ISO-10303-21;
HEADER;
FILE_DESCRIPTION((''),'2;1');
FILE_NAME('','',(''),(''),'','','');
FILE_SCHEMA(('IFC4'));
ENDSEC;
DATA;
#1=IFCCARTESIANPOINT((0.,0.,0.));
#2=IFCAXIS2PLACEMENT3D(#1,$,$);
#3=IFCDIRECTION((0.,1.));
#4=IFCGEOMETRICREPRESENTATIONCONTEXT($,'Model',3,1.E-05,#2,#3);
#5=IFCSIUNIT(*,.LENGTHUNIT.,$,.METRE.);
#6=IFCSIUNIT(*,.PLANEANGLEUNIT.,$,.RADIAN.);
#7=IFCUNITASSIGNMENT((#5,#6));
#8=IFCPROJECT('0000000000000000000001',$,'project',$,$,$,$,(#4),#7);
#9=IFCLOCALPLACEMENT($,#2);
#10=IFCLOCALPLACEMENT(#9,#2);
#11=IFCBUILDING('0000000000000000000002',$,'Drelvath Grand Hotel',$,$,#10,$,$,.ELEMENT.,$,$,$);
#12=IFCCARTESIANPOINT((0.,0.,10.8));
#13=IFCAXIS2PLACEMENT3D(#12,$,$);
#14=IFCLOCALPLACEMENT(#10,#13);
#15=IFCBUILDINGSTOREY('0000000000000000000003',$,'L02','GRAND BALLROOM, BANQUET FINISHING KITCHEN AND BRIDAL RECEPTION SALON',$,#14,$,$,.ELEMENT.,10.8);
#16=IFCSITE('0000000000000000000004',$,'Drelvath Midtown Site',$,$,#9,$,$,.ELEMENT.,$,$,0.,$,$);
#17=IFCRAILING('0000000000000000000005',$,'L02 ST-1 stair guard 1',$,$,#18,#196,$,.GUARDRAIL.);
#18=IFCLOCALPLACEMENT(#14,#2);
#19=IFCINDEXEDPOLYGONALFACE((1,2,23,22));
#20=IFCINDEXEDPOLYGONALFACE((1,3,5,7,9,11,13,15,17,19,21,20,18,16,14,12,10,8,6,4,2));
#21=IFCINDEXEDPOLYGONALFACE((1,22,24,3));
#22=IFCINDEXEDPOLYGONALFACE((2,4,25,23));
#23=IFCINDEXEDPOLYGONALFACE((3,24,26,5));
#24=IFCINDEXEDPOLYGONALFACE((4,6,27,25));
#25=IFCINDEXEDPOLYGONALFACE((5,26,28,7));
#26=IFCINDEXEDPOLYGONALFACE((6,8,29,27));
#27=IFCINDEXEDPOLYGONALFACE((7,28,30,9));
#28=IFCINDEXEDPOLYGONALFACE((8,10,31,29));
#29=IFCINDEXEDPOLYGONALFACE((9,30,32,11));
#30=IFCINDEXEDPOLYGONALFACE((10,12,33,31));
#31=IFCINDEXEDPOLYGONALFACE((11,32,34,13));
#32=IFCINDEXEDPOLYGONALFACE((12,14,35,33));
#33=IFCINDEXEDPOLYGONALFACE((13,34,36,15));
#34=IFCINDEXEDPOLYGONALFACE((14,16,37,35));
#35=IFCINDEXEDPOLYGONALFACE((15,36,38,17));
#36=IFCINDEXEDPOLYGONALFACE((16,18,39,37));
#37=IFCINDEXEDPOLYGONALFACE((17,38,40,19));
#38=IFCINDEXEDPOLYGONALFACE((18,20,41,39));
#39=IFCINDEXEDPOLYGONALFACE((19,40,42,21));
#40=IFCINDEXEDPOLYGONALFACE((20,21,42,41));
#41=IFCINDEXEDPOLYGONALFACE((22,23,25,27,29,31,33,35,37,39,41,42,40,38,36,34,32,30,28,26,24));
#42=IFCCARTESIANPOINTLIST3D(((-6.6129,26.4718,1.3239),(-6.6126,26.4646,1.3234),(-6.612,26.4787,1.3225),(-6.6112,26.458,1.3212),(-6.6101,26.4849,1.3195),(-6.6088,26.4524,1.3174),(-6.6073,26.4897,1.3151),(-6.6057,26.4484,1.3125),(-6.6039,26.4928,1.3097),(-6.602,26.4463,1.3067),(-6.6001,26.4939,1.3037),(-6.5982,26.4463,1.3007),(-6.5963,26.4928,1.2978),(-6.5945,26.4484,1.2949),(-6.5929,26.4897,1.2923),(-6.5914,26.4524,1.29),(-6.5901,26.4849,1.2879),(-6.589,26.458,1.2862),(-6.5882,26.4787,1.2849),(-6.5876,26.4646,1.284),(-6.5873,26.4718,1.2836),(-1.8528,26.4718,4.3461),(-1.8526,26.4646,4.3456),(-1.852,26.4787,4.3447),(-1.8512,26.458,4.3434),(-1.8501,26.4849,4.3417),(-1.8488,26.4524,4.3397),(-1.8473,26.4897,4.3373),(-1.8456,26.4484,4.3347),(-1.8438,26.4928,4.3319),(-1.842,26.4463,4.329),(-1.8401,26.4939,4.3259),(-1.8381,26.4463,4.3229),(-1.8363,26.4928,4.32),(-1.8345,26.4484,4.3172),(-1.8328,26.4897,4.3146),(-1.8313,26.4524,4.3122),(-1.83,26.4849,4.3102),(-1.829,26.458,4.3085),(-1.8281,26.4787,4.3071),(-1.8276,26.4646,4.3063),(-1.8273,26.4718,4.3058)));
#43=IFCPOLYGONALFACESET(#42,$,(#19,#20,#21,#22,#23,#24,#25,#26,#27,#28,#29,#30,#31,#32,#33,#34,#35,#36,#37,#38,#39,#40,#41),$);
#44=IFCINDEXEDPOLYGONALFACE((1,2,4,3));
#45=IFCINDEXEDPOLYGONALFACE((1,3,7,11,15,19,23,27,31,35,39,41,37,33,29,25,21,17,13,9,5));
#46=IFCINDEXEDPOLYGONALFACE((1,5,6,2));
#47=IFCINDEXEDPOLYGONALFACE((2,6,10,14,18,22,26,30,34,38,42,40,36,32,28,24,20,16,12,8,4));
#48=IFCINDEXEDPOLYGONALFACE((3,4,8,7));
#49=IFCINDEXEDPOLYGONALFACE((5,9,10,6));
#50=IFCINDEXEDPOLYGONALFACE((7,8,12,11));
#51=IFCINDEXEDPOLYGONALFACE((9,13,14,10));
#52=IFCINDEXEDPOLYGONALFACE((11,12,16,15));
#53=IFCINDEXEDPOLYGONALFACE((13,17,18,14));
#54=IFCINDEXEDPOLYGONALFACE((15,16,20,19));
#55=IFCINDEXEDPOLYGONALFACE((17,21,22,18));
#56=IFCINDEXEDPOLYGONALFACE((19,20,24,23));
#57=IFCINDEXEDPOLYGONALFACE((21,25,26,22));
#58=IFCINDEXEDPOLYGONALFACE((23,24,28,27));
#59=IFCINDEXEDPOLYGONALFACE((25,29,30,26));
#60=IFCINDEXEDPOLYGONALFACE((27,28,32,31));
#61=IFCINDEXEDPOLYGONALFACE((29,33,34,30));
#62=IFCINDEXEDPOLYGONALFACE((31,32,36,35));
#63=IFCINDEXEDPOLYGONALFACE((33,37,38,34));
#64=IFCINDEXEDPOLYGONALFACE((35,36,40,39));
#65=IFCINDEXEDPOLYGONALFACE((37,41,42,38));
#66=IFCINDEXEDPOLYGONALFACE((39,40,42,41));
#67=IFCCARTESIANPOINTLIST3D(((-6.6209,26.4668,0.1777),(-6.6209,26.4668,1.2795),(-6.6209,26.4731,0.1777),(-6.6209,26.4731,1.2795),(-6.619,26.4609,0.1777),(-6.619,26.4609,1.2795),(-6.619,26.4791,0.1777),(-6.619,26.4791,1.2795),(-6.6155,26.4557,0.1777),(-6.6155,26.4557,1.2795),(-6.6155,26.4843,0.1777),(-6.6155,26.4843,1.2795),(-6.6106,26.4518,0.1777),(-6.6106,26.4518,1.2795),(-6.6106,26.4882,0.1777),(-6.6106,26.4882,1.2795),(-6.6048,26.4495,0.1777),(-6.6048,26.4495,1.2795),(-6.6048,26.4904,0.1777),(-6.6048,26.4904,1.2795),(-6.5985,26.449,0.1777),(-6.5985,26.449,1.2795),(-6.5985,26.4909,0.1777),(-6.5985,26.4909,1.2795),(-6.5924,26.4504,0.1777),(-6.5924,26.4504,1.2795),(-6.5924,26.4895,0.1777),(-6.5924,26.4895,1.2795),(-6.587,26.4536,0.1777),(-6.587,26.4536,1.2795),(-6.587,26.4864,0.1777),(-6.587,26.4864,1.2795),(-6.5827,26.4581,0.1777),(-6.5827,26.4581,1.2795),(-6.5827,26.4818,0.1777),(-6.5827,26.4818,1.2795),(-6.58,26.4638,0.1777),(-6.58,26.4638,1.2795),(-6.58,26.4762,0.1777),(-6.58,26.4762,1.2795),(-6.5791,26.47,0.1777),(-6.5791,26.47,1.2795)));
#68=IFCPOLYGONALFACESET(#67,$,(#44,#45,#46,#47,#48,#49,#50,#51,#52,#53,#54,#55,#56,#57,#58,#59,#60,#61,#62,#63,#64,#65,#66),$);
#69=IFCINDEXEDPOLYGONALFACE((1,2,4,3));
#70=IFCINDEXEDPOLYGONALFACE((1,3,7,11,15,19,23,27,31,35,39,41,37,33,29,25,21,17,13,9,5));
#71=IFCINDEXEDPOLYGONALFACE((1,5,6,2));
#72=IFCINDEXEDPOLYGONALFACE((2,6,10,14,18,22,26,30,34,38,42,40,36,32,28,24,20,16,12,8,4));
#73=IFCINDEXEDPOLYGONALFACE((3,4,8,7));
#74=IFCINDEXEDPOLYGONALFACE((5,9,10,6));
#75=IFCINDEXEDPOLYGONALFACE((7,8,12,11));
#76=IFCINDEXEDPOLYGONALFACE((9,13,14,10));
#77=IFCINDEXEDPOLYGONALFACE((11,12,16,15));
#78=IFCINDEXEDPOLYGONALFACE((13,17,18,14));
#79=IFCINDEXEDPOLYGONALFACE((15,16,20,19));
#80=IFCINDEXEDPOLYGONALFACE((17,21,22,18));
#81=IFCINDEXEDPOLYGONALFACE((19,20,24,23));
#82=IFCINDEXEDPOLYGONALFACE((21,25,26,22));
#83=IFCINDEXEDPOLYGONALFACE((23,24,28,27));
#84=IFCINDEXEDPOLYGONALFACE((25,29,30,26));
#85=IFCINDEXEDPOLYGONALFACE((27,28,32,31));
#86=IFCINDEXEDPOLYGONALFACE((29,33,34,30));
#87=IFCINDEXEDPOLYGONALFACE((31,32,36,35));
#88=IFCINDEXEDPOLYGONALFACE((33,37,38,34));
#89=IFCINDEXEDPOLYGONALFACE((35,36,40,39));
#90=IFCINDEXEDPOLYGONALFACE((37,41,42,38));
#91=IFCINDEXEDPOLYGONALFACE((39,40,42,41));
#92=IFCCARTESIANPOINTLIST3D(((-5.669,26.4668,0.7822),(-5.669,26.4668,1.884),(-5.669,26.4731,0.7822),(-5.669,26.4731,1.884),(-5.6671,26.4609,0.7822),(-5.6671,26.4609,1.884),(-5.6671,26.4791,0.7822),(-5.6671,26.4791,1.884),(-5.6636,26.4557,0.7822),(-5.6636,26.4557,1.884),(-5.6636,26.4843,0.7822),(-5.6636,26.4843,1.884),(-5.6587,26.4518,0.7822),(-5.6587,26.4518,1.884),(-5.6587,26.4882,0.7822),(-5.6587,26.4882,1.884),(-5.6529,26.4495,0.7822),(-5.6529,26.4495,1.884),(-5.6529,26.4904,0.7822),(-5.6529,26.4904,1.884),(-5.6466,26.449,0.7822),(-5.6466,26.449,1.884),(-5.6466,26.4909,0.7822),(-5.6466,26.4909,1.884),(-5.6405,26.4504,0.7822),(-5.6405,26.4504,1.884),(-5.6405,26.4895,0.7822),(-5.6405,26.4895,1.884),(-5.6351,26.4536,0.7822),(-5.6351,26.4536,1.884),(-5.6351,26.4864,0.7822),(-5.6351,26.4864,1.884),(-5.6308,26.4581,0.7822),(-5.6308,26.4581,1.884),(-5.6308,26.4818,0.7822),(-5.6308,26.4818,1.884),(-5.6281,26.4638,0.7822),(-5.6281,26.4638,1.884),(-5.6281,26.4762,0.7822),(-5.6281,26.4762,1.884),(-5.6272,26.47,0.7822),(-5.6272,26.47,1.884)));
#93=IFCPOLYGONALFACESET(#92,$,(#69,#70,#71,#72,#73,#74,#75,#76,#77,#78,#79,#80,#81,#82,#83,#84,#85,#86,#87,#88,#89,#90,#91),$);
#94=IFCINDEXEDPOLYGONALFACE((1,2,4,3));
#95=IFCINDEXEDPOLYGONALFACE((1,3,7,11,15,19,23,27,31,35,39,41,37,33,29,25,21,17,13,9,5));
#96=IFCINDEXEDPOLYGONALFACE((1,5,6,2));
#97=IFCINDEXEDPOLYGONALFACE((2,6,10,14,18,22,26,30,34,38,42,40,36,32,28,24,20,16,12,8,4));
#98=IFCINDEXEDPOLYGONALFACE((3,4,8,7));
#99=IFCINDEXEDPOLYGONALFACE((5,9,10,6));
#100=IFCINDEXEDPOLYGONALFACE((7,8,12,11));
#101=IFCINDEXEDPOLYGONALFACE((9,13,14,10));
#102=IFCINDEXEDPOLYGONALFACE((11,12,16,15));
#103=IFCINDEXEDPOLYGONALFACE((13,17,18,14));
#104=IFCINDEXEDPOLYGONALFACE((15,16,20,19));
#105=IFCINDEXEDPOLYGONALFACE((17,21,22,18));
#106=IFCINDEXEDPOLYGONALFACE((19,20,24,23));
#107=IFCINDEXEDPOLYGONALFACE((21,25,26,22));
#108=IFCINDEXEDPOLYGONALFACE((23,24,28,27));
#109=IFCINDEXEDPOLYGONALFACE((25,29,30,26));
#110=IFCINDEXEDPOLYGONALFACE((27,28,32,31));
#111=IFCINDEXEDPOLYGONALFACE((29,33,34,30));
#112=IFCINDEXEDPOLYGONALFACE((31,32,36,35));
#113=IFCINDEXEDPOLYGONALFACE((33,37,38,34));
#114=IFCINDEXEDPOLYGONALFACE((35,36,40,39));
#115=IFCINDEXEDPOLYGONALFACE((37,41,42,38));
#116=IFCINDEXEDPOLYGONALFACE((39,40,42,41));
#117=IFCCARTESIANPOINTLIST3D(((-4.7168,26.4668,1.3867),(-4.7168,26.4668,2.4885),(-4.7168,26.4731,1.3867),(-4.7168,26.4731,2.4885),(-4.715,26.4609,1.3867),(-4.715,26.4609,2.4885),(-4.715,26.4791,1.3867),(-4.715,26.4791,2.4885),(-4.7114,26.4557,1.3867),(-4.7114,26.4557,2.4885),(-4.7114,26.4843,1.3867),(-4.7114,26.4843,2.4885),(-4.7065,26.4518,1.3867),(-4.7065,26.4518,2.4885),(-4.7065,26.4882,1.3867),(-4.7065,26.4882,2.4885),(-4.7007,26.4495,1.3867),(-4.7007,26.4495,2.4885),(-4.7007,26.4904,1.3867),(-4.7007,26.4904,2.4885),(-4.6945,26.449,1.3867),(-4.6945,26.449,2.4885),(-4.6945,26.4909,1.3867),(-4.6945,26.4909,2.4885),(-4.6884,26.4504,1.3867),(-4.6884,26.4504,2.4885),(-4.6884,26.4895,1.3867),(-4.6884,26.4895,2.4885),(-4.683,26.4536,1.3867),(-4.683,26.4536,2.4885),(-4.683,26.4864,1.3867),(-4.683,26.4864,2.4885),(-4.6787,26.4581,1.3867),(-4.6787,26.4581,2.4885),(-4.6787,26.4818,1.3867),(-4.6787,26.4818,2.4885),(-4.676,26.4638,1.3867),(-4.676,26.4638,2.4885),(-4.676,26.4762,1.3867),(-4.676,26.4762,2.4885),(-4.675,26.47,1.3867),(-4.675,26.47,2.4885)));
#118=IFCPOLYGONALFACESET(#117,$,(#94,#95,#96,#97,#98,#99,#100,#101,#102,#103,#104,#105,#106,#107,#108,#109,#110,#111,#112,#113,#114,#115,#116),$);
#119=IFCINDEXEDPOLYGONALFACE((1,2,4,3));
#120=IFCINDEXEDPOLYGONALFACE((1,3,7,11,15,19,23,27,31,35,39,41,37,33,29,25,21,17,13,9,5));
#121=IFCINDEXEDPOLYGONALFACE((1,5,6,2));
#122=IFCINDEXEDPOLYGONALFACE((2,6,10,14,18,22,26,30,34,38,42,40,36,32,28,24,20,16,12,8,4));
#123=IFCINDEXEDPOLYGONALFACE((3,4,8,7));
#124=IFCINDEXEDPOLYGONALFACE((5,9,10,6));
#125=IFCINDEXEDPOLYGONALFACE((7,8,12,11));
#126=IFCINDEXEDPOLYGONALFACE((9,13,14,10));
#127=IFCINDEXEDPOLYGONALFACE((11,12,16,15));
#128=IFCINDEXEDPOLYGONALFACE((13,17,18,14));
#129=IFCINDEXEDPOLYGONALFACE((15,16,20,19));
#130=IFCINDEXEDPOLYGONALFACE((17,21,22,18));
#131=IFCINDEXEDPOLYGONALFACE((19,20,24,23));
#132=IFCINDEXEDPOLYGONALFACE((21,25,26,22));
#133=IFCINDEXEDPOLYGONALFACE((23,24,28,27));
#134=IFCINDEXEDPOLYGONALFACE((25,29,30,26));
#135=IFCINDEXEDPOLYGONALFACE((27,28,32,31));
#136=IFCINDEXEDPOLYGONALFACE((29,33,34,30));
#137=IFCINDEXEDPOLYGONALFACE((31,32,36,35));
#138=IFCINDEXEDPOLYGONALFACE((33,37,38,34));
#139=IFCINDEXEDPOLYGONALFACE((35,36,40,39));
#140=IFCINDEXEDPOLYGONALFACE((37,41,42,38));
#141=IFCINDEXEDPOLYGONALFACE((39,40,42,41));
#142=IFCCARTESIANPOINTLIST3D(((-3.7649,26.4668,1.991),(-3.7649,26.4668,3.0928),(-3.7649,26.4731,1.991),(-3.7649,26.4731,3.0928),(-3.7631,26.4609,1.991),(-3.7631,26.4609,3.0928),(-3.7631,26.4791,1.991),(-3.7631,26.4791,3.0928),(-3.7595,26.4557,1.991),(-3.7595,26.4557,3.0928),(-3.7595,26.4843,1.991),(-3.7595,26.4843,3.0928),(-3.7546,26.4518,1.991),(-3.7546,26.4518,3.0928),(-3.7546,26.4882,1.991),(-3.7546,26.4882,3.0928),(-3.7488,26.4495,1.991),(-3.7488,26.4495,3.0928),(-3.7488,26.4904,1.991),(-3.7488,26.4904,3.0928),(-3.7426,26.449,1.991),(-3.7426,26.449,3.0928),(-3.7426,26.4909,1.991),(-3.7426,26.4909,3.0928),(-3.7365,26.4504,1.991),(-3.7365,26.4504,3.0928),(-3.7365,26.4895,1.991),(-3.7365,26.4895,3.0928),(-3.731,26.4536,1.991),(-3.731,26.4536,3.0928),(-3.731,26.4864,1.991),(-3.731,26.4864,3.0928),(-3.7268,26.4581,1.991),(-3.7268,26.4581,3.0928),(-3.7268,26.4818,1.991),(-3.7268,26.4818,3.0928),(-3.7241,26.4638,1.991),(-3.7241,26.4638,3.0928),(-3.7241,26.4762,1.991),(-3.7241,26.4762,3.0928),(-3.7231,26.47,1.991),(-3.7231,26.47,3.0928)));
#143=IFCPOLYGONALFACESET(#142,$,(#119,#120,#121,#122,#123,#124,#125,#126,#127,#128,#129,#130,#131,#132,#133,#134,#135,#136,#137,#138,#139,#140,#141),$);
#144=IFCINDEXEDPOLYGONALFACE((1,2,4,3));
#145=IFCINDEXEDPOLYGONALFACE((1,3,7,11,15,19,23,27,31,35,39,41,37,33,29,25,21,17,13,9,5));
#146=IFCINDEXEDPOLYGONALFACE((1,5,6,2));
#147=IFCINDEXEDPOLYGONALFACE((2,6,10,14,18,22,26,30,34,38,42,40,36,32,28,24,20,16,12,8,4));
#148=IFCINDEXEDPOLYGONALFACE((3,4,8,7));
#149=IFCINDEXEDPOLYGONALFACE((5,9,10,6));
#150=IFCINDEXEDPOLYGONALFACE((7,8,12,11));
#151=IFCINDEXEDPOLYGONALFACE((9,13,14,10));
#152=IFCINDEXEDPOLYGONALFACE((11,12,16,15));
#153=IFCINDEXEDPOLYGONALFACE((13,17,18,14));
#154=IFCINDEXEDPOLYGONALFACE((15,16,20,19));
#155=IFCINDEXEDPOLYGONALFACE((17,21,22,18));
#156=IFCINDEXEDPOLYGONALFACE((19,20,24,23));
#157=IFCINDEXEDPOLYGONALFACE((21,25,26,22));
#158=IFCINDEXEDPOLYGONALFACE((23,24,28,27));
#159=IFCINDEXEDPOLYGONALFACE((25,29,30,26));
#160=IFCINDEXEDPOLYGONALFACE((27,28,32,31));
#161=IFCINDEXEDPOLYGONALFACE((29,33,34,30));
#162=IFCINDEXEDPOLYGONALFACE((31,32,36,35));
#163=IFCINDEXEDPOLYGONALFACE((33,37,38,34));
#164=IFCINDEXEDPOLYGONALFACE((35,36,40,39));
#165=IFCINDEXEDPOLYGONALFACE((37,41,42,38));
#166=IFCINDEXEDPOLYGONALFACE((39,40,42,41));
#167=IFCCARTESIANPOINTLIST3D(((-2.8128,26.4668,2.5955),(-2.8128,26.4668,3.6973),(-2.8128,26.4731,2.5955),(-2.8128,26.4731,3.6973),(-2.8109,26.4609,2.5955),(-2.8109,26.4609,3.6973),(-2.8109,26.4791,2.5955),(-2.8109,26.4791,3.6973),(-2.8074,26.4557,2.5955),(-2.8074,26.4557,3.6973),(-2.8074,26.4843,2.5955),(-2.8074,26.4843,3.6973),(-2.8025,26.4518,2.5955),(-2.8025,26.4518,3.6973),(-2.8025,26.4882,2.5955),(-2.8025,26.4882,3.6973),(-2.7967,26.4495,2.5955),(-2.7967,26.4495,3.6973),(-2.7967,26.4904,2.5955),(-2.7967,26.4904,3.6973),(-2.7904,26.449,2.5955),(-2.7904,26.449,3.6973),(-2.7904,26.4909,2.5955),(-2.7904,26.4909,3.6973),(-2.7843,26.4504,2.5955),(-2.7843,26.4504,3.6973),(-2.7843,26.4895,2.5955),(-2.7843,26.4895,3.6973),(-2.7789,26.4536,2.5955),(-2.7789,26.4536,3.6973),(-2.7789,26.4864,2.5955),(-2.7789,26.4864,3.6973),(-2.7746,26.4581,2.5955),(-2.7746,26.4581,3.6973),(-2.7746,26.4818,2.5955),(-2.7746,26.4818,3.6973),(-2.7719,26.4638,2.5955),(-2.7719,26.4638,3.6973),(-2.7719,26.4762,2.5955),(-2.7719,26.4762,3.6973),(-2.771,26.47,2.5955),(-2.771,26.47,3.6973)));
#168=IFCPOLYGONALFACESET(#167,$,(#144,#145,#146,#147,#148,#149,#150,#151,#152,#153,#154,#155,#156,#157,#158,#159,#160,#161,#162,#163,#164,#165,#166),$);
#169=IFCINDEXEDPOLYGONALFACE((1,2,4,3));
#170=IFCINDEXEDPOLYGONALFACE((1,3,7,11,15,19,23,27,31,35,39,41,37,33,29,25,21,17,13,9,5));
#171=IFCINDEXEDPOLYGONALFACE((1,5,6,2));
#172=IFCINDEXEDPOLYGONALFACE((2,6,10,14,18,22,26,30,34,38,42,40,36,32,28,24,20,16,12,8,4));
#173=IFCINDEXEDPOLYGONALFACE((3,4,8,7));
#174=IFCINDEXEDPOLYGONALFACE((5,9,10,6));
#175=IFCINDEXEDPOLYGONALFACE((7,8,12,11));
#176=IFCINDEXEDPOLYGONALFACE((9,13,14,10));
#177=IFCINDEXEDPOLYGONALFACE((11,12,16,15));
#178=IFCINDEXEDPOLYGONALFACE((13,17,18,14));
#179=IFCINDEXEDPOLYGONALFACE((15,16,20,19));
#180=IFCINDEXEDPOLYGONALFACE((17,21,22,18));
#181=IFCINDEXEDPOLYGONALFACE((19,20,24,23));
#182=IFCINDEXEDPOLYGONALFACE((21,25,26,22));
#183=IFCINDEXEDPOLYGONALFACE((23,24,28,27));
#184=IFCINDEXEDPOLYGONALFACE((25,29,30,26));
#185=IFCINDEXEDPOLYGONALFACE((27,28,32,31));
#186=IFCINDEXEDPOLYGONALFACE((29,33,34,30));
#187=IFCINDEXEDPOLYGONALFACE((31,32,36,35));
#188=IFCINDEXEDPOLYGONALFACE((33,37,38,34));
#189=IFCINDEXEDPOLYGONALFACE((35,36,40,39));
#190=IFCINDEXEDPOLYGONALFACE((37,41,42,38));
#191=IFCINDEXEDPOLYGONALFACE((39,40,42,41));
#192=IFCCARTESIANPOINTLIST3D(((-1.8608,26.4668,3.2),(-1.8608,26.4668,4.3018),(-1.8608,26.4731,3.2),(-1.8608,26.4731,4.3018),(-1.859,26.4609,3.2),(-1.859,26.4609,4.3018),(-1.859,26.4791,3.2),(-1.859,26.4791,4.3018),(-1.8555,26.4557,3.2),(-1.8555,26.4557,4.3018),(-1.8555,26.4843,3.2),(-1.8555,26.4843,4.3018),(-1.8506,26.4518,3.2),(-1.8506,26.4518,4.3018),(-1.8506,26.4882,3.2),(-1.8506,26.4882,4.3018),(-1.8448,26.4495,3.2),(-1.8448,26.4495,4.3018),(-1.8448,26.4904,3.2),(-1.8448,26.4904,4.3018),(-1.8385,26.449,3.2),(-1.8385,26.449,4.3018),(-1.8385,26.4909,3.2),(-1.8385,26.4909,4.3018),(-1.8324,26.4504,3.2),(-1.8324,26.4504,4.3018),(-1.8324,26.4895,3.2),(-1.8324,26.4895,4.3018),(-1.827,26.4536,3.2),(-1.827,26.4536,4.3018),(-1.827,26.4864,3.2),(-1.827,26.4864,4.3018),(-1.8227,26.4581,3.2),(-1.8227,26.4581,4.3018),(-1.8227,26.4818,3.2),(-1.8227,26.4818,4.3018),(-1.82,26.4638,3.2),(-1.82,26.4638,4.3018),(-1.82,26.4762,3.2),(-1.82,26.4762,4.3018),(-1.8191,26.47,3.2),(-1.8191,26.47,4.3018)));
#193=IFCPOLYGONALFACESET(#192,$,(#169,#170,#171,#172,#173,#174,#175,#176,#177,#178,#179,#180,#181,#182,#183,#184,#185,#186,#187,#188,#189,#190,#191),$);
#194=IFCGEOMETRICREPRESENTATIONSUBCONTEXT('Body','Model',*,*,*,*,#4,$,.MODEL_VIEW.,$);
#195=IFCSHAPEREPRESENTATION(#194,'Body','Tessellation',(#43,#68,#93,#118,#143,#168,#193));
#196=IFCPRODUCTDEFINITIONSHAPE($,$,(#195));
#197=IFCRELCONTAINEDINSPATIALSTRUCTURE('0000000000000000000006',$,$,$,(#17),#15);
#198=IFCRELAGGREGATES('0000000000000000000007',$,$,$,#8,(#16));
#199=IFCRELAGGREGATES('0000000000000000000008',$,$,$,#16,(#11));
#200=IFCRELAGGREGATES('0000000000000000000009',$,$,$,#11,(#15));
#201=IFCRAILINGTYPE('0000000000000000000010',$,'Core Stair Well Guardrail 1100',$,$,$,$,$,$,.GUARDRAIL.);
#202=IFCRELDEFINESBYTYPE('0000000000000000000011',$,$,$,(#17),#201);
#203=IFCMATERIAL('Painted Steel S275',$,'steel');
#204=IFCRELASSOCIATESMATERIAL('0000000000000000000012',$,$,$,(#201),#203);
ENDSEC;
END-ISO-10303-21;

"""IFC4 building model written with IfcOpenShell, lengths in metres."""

from ifc_helpers import new_model, si_unit, direction, frame, origin, origin_2d, place, context, subcontext, project, spatial, circle, extrude, material, type_object, element, save


model = new_model("IFC4")

# Units and contexts
model_context = context("Model", 3, precision=1e-05, world=origin(), true_north=direction((0.0, 1.0)))
body_context = subcontext(model_context, "Body", "Model", "MODEL_VIEW")
ifc_project = project(units=[si_unit("LENGTHUNIT", "METRE"), si_unit("PLANEANGLEUNIT", "RADIAN")], contexts=[model_context])

# Site, building, storey
site_placement = place(None, origin())
site = spatial("IfcSite", under=ifc_project, at=site_placement, Name="Drelvath Midtown Site", CompositionType="ELEMENT", RefElevation=0.0)
building_placement = place(site_placement, origin())
building = spatial("IfcBuilding", under=site, at=building_placement, Name="Drelvath Grand Hotel", CompositionType="ELEMENT")
storey_placement = place(building_placement, frame((0.0, 0.0, 10.8)))
storey = spatial("IfcBuildingStorey", under=building, at=storey_placement, Name="L02", Description="GRAND BALLROOM, BANQUET FINISHING KITCHEN AND BRIDAL RECEPTION SALON", CompositionType="ELEMENT", Elevation=10.8)

# Shared definitions
ifc_material_1 = material(Name="Painted Steel S275", Category="steel")

# Railing
railing_type_1 = type_object("IfcRailingType", Name="Core Stair Well Guardrail 1100", PredefinedType="GUARDRAIL", material=ifc_material_1)
railing_1_placement = place(storey_placement, frame((-6.6001, 26.47, 0.1777)))
element("IfcRailing", 1, at=railing_1_placement, inside=storey, type_object=railing_type_1, Name="L02 ST-1 stair guard 1", PredefinedType="GUARDRAIL", context=body_context, shape_type="SweptSolid", body=[
    extrude(circle(Radius=0.0239, at=origin_2d()), frame((0.0, 0.0, 1.126), z_axis=(0.844214, 0.0, 0.536007), x_axis=(0.0, 1.0, 0.0)), (0.0, 0.0, 1.0), 5.6384),
    extrude(circle(Radius=0.021, at=origin_2d()), origin(), (0.0, 0.0, 1.0), 1.1018),
    extrude(circle(Radius=0.021, at=origin_2d()), frame((0.9519, 0.0, 0.6045)), (0.0, 0.0, 1.0), 1.1018),
    extrude(circle(Radius=0.021, at=origin_2d()), frame((1.9041, 0.0, 1.209)), (0.0, 0.0, 1.0), 1.1018),
    extrude(circle(Radius=0.021, at=origin_2d()), frame((2.856, 0.0, 1.8132)), (0.0, 0.0, 1.0), 1.1018),
    extrude(circle(Radius=0.021, at=origin_2d()), frame((3.8081, 0.0, 2.4177)), (0.0, 0.0, 1.0), 1.1018),
    extrude(circle(Radius=0.021, at=origin_2d()), frame((4.76, 0.0, 3.0222)), (0.0, 0.0, 1.0), 1.1018),
])

save(model, "model.ifc")
